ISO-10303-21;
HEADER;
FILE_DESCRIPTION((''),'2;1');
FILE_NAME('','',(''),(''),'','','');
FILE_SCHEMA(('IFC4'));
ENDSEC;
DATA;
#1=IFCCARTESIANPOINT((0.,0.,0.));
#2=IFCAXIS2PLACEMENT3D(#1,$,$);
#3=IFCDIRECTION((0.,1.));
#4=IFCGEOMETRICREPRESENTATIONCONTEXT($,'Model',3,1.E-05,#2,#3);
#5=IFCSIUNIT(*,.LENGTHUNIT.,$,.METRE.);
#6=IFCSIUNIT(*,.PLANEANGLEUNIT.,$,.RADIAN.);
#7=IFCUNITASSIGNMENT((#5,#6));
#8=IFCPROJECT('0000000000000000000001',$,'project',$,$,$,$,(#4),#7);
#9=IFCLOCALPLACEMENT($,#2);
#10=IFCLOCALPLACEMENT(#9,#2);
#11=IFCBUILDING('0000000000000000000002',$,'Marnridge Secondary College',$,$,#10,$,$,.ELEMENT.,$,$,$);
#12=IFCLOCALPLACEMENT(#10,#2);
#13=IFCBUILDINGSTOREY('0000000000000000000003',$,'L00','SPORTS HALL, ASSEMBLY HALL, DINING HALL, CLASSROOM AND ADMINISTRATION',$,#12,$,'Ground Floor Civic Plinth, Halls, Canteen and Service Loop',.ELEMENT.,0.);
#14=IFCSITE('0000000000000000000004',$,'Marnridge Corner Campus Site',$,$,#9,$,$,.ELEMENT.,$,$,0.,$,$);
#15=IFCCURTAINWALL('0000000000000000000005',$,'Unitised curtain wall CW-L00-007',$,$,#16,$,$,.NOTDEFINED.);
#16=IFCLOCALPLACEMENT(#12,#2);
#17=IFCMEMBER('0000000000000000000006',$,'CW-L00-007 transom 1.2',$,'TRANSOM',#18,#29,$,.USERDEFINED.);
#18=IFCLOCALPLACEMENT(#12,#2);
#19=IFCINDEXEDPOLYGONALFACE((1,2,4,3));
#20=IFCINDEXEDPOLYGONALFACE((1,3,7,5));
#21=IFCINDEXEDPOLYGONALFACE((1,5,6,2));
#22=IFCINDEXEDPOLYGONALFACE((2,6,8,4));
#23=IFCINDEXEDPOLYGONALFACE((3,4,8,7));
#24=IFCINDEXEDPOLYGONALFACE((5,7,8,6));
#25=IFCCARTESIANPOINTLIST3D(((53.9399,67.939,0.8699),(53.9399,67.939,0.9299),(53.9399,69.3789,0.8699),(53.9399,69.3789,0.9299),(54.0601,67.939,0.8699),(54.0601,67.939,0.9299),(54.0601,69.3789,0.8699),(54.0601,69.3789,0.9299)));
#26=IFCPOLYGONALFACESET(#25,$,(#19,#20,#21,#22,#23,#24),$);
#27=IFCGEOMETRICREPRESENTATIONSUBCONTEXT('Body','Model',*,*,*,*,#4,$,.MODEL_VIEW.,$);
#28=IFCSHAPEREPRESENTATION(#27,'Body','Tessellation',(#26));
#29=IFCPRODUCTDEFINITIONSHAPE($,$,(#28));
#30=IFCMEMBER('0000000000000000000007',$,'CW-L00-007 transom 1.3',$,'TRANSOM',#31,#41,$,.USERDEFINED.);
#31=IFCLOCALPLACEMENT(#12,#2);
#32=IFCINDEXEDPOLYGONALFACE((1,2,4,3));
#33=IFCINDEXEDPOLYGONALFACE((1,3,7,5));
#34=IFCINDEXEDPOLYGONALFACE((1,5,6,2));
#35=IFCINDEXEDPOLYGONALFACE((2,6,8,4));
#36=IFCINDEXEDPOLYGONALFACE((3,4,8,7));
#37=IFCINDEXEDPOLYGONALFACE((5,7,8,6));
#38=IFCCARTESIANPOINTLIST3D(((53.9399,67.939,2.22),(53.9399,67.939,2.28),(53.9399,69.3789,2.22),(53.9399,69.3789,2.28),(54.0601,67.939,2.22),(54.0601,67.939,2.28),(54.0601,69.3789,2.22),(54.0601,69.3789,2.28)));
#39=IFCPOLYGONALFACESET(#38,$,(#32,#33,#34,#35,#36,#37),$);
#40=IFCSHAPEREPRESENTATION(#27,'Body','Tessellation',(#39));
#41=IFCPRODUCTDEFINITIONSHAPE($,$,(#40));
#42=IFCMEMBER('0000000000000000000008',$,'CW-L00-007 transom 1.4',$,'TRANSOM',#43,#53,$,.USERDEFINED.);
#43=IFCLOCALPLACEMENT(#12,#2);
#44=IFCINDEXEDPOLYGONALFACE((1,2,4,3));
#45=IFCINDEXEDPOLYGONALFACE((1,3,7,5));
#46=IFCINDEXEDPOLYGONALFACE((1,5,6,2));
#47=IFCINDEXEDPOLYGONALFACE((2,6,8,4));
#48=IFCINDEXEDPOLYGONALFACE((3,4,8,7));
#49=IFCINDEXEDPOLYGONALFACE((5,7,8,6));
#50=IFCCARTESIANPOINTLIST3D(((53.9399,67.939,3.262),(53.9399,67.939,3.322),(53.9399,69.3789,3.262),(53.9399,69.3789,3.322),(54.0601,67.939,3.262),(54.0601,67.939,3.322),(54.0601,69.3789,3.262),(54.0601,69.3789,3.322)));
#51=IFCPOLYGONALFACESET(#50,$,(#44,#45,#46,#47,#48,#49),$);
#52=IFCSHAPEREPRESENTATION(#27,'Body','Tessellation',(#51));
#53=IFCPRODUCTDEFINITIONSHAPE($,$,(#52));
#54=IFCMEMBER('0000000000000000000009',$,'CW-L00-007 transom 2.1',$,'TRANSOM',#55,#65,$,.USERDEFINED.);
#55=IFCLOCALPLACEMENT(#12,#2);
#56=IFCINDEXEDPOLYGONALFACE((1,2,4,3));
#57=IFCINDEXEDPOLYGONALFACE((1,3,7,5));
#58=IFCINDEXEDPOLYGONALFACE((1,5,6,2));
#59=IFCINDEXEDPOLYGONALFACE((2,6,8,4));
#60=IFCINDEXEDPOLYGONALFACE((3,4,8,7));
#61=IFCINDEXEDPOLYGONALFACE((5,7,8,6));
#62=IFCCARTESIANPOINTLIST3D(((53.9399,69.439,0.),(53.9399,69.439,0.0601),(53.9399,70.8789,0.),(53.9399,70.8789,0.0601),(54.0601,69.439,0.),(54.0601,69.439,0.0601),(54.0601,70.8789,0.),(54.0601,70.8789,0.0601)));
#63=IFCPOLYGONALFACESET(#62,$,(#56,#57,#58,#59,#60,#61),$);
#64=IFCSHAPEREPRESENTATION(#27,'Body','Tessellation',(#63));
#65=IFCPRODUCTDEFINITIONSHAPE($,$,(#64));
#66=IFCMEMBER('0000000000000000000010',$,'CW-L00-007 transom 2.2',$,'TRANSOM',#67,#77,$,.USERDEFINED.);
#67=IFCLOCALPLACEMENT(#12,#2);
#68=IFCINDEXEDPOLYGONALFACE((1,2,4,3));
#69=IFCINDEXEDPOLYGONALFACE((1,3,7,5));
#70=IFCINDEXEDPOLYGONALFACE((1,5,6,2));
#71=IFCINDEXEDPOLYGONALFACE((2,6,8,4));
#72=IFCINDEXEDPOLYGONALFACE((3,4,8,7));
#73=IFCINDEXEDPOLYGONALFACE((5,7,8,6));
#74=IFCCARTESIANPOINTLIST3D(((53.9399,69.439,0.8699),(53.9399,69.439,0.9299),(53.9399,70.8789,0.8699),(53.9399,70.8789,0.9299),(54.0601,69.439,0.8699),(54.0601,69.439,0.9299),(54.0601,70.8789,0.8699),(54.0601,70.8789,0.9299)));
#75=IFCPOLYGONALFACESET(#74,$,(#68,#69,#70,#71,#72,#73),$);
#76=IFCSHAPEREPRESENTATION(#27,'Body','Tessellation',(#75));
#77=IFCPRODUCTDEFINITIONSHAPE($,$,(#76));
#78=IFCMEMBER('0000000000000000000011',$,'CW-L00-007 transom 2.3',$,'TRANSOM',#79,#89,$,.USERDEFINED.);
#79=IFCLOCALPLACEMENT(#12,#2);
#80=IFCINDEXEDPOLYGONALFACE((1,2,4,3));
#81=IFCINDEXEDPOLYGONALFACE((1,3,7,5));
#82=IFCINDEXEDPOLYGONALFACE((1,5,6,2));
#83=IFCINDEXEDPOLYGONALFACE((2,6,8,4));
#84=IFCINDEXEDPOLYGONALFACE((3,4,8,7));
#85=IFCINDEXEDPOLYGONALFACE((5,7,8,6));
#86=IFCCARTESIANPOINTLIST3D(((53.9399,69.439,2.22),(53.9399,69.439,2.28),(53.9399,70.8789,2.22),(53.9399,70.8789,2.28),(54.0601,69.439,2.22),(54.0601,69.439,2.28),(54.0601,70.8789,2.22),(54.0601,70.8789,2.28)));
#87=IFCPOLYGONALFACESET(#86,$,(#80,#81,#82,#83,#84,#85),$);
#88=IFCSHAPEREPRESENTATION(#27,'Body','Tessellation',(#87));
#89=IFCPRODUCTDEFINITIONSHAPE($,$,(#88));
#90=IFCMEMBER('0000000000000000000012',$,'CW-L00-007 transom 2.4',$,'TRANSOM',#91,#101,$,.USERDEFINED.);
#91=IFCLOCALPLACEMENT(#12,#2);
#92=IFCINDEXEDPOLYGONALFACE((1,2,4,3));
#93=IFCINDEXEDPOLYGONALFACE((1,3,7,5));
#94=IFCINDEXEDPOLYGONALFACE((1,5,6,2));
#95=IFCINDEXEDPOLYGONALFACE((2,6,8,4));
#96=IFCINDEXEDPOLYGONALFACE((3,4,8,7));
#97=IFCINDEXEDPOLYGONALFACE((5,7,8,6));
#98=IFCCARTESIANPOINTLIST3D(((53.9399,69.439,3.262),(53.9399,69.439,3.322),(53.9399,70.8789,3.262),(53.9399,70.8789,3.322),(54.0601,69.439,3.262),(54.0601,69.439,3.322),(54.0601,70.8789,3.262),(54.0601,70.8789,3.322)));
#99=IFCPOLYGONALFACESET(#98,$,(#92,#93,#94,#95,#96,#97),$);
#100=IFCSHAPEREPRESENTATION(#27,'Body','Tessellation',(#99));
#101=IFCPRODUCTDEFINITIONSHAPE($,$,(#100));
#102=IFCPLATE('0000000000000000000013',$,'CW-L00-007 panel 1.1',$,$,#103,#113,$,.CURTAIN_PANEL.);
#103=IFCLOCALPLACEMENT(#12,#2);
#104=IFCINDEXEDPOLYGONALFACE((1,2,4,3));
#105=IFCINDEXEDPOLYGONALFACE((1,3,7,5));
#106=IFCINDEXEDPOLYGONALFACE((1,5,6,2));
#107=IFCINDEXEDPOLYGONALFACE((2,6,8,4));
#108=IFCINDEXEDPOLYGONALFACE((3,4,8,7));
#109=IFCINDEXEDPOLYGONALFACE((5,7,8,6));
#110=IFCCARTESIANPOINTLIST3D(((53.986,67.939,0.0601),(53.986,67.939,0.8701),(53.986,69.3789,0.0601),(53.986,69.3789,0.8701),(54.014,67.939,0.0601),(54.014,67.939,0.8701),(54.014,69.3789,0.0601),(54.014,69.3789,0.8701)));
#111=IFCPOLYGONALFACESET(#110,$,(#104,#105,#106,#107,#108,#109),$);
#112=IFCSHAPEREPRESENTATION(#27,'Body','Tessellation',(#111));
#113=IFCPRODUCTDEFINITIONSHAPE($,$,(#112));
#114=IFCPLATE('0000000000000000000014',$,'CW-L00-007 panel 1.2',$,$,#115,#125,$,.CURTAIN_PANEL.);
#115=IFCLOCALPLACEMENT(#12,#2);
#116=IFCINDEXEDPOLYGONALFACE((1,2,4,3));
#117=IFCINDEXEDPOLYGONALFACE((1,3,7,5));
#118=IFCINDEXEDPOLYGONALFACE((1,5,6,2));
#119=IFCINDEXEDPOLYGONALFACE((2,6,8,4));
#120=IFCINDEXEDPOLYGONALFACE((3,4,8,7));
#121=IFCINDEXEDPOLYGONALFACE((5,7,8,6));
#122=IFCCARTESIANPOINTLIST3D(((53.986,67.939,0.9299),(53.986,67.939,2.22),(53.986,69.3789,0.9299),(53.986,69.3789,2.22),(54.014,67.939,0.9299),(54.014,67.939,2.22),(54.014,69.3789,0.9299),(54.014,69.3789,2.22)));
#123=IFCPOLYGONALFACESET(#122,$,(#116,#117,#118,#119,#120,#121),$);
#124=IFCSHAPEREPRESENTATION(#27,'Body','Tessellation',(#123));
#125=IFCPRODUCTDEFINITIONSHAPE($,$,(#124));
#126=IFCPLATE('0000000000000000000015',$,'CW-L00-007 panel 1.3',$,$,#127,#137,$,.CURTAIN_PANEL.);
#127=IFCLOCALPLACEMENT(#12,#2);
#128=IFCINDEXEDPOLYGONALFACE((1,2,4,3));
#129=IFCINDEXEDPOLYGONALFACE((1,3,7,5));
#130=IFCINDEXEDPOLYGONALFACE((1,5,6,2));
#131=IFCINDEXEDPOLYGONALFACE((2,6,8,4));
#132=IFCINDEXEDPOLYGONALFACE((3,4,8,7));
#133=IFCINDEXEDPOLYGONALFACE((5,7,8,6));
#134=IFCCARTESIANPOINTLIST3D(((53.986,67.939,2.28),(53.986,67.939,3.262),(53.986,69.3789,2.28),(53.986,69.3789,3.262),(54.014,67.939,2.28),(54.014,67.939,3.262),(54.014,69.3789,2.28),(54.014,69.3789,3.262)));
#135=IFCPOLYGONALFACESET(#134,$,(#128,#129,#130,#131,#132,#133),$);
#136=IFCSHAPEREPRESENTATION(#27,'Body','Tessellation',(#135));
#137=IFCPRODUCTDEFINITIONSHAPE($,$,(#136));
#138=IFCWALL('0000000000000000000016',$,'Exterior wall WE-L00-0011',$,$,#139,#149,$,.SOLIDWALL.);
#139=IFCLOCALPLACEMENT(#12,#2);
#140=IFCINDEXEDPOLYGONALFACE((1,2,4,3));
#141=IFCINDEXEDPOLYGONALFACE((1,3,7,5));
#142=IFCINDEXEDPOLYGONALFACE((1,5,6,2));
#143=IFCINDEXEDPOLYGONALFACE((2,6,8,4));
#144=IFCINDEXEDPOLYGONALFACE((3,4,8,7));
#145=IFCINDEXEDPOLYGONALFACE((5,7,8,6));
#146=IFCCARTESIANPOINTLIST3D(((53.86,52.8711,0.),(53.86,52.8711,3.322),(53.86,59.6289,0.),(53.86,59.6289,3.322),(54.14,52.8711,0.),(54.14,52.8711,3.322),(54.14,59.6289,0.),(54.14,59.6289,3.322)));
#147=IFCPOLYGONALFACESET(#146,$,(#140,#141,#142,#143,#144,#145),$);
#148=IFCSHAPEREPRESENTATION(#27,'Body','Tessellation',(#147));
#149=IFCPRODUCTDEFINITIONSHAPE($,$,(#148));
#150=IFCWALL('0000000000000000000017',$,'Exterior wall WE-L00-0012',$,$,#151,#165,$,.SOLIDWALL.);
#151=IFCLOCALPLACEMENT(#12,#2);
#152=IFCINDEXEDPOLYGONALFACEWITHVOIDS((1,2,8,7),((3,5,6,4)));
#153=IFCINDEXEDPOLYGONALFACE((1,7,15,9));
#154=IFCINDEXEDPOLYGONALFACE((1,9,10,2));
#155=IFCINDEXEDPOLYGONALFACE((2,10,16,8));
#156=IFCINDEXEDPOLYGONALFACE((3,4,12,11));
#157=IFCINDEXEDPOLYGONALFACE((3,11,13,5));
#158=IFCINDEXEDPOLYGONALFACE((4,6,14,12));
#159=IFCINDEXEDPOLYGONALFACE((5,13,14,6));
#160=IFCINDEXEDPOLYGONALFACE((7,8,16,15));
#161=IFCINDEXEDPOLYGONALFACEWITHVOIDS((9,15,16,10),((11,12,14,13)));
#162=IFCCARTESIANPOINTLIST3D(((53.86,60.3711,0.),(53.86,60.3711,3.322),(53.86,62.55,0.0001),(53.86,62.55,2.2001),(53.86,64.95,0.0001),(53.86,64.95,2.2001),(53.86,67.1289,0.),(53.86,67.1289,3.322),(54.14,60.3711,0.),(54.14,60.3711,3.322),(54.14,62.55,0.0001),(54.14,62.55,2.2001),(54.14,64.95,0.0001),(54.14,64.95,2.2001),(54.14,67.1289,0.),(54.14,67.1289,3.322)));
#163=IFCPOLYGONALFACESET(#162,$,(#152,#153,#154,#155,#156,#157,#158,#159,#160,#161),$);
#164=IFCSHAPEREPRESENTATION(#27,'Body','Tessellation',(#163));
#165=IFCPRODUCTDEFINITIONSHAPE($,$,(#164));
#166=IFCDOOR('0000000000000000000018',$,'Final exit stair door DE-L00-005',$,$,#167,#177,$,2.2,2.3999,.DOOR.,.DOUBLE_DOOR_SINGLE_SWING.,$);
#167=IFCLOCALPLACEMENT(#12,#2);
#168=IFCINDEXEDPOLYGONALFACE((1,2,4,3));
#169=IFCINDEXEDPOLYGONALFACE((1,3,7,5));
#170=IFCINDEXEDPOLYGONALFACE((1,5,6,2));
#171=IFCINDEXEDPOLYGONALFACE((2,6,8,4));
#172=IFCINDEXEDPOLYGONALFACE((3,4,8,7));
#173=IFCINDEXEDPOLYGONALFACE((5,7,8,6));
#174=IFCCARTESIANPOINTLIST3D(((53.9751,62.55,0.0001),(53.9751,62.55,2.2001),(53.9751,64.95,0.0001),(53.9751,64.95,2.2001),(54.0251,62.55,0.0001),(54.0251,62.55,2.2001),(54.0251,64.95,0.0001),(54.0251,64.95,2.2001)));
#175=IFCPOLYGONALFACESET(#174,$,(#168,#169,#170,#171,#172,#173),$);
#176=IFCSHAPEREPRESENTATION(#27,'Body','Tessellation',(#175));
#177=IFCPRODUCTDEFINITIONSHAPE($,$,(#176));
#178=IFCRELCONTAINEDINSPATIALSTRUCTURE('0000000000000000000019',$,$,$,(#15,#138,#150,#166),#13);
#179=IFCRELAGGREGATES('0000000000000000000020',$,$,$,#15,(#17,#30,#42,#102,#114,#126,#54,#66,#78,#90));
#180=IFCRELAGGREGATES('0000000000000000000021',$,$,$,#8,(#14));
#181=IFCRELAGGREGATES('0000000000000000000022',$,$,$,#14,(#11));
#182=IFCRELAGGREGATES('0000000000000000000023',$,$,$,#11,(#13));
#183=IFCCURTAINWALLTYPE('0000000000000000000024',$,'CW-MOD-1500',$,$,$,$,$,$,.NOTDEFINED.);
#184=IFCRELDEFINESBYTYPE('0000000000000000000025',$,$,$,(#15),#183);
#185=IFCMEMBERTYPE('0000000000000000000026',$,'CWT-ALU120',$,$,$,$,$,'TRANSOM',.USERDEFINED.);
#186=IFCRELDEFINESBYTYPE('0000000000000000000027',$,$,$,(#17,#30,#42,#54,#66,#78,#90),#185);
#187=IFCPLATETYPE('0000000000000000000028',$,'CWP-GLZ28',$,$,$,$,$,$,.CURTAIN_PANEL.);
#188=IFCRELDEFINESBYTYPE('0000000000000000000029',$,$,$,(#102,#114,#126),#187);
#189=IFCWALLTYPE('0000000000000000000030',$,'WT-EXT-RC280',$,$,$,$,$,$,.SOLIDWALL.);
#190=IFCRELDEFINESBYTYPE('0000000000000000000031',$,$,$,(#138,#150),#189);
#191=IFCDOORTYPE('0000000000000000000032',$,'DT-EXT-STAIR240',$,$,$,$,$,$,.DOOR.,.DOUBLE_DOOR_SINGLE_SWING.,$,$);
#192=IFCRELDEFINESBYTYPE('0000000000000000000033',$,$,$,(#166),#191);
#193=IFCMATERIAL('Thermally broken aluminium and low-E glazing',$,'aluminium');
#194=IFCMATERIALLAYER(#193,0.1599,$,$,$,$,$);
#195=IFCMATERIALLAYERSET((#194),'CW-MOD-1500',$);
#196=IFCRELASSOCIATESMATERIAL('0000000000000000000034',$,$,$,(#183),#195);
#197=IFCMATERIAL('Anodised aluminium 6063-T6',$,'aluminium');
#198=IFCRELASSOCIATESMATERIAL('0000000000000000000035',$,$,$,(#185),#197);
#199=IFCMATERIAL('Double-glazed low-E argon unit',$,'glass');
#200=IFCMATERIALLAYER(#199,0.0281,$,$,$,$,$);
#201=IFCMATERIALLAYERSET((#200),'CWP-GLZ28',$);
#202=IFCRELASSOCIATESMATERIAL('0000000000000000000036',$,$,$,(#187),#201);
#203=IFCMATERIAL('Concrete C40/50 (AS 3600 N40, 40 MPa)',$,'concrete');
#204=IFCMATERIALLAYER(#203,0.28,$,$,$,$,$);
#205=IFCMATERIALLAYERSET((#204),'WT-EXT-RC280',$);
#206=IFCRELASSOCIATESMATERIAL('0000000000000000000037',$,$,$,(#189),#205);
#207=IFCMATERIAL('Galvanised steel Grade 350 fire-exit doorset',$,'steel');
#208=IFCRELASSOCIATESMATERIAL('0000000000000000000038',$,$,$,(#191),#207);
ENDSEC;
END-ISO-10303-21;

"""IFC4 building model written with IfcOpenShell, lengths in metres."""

from ifc_helpers import new_model, si_unit, direction, frame, frame_2d, origin, origin_2d, place, context, subcontext, project, spatial, rectangle, extrude, material, layer, layer_set, material_profile, profile_set, type_object, element, fill, aggregate, save


model = new_model("IFC4")

# Units and contexts
model_context = context("Model", 3, precision=1e-05, world=origin(), true_north=direction((0.0, 1.0)))
body_context = subcontext(model_context, "Body", "Model", "MODEL_VIEW")
ifc_project = project(units=[si_unit("LENGTHUNIT", "METRE"), si_unit("PLANEANGLEUNIT", "RADIAN")], contexts=[model_context])

# Site, building, storey
site_placement = place(None, origin())
site = spatial("IfcSite", under=ifc_project, at=site_placement, Name="Marnridge Corner Campus Site", CompositionType="ELEMENT", RefElevation=0.0)
building_placement = place(site_placement, origin())
building = spatial("IfcBuilding", under=site, at=building_placement, Name="Marnridge Secondary College", CompositionType="ELEMENT")
storey_placement = place(building_placement, origin())
storey = spatial("IfcBuildingStorey", under=building, at=storey_placement, Name="L00", Description="SPORTS HALL, ASSEMBLY HALL, DINING HALL, CLASSROOM AND ADMINISTRATION", LongName="Ground Floor Civic Plinth, Halls, Canteen and Service Loop", CompositionType="ELEMENT", Elevation=0.0)

# Curtain wall, members, plates
ifc_material_1 = material(Name="Thermally broken aluminium and low-E glazing", Category="aluminium")
ifc_layer_1 = layer(ifc_material_1, 0.1599)
ifc_layer_set_1 = layer_set([ifc_layer_1], Name="CW-MOD-1500")
curtain_wall_type = type_object("IfcCurtainWallType", Name="CW-MOD-1500", PredefinedType="NOTDEFINED", material=ifc_layer_set_1)
curtain_wall_placement = place(storey_placement, origin())
curtain_wall = element("IfcCurtainWall", 1, at=curtain_wall_placement, inside=storey, type_object=curtain_wall_type, Name="Unitised curtain wall CW-L00-007", PredefinedType="NOTDEFINED")
ifc_material_2 = material(Name="Anodised aluminium 6063-T6", Category="aluminium")
ifc_material_profile_1 = material_profile(ifc_material_2, rectangle(XDim=0.0601, YDim=0.1201, at=origin_2d()), Name="ALU 60x120")
ifc_profile_set_1 = profile_set([ifc_material_profile_1], Name="Anodised aluminium 6063-T6")
member_type_1 = type_object("IfcMemberType", Name="CWT-ALU120", ElementType="TRANSOM", PredefinedType="USERDEFINED", material=ifc_profile_set_1)
member_1_placement = place(storey_placement, frame((54.0, 67.939, 0.8999), z_axis=(0.0, 1.0, 0.0), x_axis=(0.0, 0.0, 1.0)))
member_1 = element("IfcMember", 2, at=member_1_placement, type_object=member_type_1, Name="CW-L00-007 transom 1.2", ObjectType="TRANSOM", PredefinedType="USERDEFINED", context=body_context, shape_type="SweptSolid", body=[
    extrude(rectangle(XDim=0.0601, YDim=0.1201, at=origin_2d()), origin(), (0.0, 0.0, 1.0), 1.4399),
])
member_2_placement = place(storey_placement, frame((54.0, 67.939, 2.25), z_axis=(0.0, 1.0, 0.0), x_axis=(0.0, 0.0, 1.0)))
member_2 = element("IfcMember", 3, at=member_2_placement, type_object=member_type_1, Name="CW-L00-007 transom 1.3", ObjectType="TRANSOM", PredefinedType="USERDEFINED", context=body_context, shape_type="SweptSolid", body=[
    extrude(rectangle(XDim=0.0601, YDim=0.1201, at=origin_2d()), origin(), (0.0, 0.0, 1.0), 1.4399),
])
member_3_placement = place(storey_placement, frame((54.0, 67.939, 3.292), z_axis=(0.0, 1.0, 0.0), x_axis=(0.0, 0.0, 1.0)))
member_3 = element("IfcMember", 4, at=member_3_placement, type_object=member_type_1, Name="CW-L00-007 transom 1.4", ObjectType="TRANSOM", PredefinedType="USERDEFINED", context=body_context, shape_type="SweptSolid", body=[
    extrude(rectangle(XDim=0.0601, YDim=0.1201, at=origin_2d()), origin(), (0.0, 0.0, 1.0), 1.4399),
])
member_4_placement = place(storey_placement, frame((54.0, 69.439, 0.03), z_axis=(0.0, 1.0, 0.0), x_axis=(0.0, 0.0, 1.0)))
member_4 = element("IfcMember", 5, at=member_4_placement, type_object=member_type_1, Name="CW-L00-007 transom 2.1", ObjectType="TRANSOM", PredefinedType="USERDEFINED", context=body_context, shape_type="SweptSolid", body=[
    extrude(rectangle(XDim=0.0601, YDim=0.1201, at=origin_2d()), origin(), (0.0, 0.0, 1.0), 1.4399),
])
member_5_placement = place(storey_placement, frame((54.0, 69.439, 0.8999), z_axis=(0.0, 1.0, 0.0), x_axis=(0.0, 0.0, 1.0)))
member_5 = element("IfcMember", 6, at=member_5_placement, type_object=member_type_1, Name="CW-L00-007 transom 2.2", ObjectType="TRANSOM", PredefinedType="USERDEFINED", context=body_context, shape_type="SweptSolid", body=[
    extrude(rectangle(XDim=0.0601, YDim=0.1201, at=origin_2d()), origin(), (0.0, 0.0, 1.0), 1.4399),
])
member_6_placement = place(storey_placement, frame((54.0, 69.439, 2.25), z_axis=(0.0, 1.0, 0.0), x_axis=(0.0, 0.0, 1.0)))
member_6 = element("IfcMember", 7, at=member_6_placement, type_object=member_type_1, Name="CW-L00-007 transom 2.3", ObjectType="TRANSOM", PredefinedType="USERDEFINED", context=body_context, shape_type="SweptSolid", body=[
    extrude(rectangle(XDim=0.0601, YDim=0.1201, at=origin_2d()), origin(), (0.0, 0.0, 1.0), 1.4399),
])
member_7_placement = place(storey_placement, frame((54.0, 69.439, 3.292), z_axis=(0.0, 1.0, 0.0), x_axis=(0.0, 0.0, 1.0)))
member_7 = element("IfcMember", 8, at=member_7_placement, type_object=member_type_1, Name="CW-L00-007 transom 2.4", ObjectType="TRANSOM", PredefinedType="USERDEFINED", context=body_context, shape_type="SweptSolid", body=[
    extrude(rectangle(XDim=0.0601, YDim=0.1201, at=origin_2d()), origin(), (0.0, 0.0, 1.0), 1.4399),
])
ifc_material_3 = material(Name="Double-glazed low-E argon unit", Category="glass")
ifc_layer_2 = layer(ifc_material_3, 0.0281)
ifc_layer_set_2 = layer_set([ifc_layer_2], Name="CWP-GLZ28")
plate_type = type_object("IfcPlateType", Name="CWP-GLZ28", PredefinedType="CURTAIN_PANEL", material=ifc_layer_set_2)
plate_1_placement = place(storey_placement, frame((54.0, 68.6589, 0.0601), z_axis=(0.0, 0.0, 1.0), x_axis=(0.0, 1.0, 0.0)))
plate_1 = element("IfcPlate", 9, at=plate_1_placement, type_object=plate_type, Name="CW-L00-007 panel 1.1", PredefinedType="CURTAIN_PANEL", context=body_context, shape_type="SweptSolid", body=[
    extrude(rectangle(XDim=1.4399, YDim=0.0281, at=origin_2d()), origin(), (0.0, 0.0, 1.0), 0.8101),
])
plate_2_placement = place(storey_placement, frame((54.0, 68.6589, 0.9299), z_axis=(0.0, 0.0, 1.0), x_axis=(0.0, 1.0, 0.0)))
plate_2 = element("IfcPlate", 10, at=plate_2_placement, type_object=plate_type, Name="CW-L00-007 panel 1.2", PredefinedType="CURTAIN_PANEL", context=body_context, shape_type="SweptSolid", body=[
    extrude(rectangle(XDim=1.4399, YDim=0.0281, at=origin_2d()), origin(), (0.0, 0.0, 1.0), 1.29),
])
plate_3_placement = place(storey_placement, frame((54.0, 68.6589, 2.28), z_axis=(0.0, 0.0, 1.0), x_axis=(0.0, 1.0, 0.0)))
plate_3 = element("IfcPlate", 11, at=plate_3_placement, type_object=plate_type, Name="CW-L00-007 panel 1.3", PredefinedType="CURTAIN_PANEL", context=body_context, shape_type="SweptSolid", body=[
    extrude(rectangle(XDim=1.4399, YDim=0.0281, at=origin_2d()), origin(), (0.0, 0.0, 1.0), 0.9819),
])
aggregate(curtain_wall, [member_1, member_2, member_3, plate_1, plate_2, plate_3, member_4, member_5, member_6, member_7])

# Wall
ifc_material_4 = material(Name="Concrete C40/50 (AS 3600 N40, 40 MPa)", Category="concrete")
ifc_layer_3 = layer(ifc_material_4, 0.28)
ifc_layer_set_3 = layer_set([ifc_layer_3], Name="WT-EXT-RC280")
wall_type = type_object("IfcWallType", Name="WT-EXT-RC280", PredefinedType="SOLIDWALL", material=ifc_layer_set_3)
wall_1_placement = place(storey_placement, frame((54.0, 52.8711, 0.0), z_axis=(0.0, 0.0, 1.0), x_axis=(0.0, 1.0, 0.0)))
element("IfcWall", 12, at=wall_1_placement, inside=storey, type_object=wall_type, Name="Exterior wall WE-L00-0011", PredefinedType="SOLIDWALL", context=body_context, shape_type="SweptSolid", body=[
    extrude(rectangle(XDim=6.7578, YDim=0.28, at=frame_2d((3.3789, 0.0))), origin(), (0.0, 0.0, 1.0), 3.322),
])

# Wall, opening, door
wall_2_placement = place(storey_placement, frame((54.0, 60.3711, 0.0), z_axis=(0.0, 0.0, 1.0), x_axis=(0.0, 1.0, 0.0)))
wall_2 = element("IfcWall", 13, at=wall_2_placement, inside=storey, type_object=wall_type, Name="Exterior wall WE-L00-0012", PredefinedType="SOLIDWALL", context=body_context, shape_type="SweptSolid", body=[
    extrude(rectangle(XDim=6.7578, YDim=0.28, at=frame_2d((3.3789, 0.0))), origin(), (0.0, 0.0, 1.0), 3.322),
])
opening_placement = place(wall_2_placement, frame((2.179, 0.0, 0.0)))
opening = element("IfcOpeningElement", 14, at=opening_placement, cuts=wall_2, PredefinedType="OPENING", context=body_context, shape_type="SweptSolid", body=[
    extrude(rectangle(XDim=2.3999, YDim=2.2, at=frame_2d((1.2, 1.1001))), frame((0.0, 0.1499, 0.0), z_axis=(0.0, -1.0, 0.0), x_axis=(1.0, 0.0, 0.0)), (0.0, 0.0, 1.0), 0.3),
])
ifc_material_5 = material(Name="Galvanised steel Grade 350 fire-exit doorset", Category="steel")
door_type = type_object("IfcDoorType", Name="DT-EXT-STAIR240", OperationType="DOUBLE_DOOR_SINGLE_SWING", PredefinedType="DOOR", material=ifc_material_5)
door_placement = place(opening_placement, origin())
door = element("IfcDoor", 15, at=door_placement, inside=storey, type_object=door_type, Name="Final exit stair door DE-L00-005", OperationType="DOUBLE_DOOR_SINGLE_SWING", OverallHeight=2.2, OverallWidth=2.3999, PredefinedType="DOOR", context=body_context, shape_type="SweptSolid", body=[
    extrude(rectangle(XDim=2.3999, YDim=2.2, at=frame_2d((1.2, 1.1001))), frame((0.0, 0.0249, 0.0), z_axis=(0.0, -1.0, 0.0), x_axis=(1.0, 0.0, 0.0)), (0.0, 0.0, 1.0), 0.05),
])
fill(opening, door)

save(model, "model.ifc")
